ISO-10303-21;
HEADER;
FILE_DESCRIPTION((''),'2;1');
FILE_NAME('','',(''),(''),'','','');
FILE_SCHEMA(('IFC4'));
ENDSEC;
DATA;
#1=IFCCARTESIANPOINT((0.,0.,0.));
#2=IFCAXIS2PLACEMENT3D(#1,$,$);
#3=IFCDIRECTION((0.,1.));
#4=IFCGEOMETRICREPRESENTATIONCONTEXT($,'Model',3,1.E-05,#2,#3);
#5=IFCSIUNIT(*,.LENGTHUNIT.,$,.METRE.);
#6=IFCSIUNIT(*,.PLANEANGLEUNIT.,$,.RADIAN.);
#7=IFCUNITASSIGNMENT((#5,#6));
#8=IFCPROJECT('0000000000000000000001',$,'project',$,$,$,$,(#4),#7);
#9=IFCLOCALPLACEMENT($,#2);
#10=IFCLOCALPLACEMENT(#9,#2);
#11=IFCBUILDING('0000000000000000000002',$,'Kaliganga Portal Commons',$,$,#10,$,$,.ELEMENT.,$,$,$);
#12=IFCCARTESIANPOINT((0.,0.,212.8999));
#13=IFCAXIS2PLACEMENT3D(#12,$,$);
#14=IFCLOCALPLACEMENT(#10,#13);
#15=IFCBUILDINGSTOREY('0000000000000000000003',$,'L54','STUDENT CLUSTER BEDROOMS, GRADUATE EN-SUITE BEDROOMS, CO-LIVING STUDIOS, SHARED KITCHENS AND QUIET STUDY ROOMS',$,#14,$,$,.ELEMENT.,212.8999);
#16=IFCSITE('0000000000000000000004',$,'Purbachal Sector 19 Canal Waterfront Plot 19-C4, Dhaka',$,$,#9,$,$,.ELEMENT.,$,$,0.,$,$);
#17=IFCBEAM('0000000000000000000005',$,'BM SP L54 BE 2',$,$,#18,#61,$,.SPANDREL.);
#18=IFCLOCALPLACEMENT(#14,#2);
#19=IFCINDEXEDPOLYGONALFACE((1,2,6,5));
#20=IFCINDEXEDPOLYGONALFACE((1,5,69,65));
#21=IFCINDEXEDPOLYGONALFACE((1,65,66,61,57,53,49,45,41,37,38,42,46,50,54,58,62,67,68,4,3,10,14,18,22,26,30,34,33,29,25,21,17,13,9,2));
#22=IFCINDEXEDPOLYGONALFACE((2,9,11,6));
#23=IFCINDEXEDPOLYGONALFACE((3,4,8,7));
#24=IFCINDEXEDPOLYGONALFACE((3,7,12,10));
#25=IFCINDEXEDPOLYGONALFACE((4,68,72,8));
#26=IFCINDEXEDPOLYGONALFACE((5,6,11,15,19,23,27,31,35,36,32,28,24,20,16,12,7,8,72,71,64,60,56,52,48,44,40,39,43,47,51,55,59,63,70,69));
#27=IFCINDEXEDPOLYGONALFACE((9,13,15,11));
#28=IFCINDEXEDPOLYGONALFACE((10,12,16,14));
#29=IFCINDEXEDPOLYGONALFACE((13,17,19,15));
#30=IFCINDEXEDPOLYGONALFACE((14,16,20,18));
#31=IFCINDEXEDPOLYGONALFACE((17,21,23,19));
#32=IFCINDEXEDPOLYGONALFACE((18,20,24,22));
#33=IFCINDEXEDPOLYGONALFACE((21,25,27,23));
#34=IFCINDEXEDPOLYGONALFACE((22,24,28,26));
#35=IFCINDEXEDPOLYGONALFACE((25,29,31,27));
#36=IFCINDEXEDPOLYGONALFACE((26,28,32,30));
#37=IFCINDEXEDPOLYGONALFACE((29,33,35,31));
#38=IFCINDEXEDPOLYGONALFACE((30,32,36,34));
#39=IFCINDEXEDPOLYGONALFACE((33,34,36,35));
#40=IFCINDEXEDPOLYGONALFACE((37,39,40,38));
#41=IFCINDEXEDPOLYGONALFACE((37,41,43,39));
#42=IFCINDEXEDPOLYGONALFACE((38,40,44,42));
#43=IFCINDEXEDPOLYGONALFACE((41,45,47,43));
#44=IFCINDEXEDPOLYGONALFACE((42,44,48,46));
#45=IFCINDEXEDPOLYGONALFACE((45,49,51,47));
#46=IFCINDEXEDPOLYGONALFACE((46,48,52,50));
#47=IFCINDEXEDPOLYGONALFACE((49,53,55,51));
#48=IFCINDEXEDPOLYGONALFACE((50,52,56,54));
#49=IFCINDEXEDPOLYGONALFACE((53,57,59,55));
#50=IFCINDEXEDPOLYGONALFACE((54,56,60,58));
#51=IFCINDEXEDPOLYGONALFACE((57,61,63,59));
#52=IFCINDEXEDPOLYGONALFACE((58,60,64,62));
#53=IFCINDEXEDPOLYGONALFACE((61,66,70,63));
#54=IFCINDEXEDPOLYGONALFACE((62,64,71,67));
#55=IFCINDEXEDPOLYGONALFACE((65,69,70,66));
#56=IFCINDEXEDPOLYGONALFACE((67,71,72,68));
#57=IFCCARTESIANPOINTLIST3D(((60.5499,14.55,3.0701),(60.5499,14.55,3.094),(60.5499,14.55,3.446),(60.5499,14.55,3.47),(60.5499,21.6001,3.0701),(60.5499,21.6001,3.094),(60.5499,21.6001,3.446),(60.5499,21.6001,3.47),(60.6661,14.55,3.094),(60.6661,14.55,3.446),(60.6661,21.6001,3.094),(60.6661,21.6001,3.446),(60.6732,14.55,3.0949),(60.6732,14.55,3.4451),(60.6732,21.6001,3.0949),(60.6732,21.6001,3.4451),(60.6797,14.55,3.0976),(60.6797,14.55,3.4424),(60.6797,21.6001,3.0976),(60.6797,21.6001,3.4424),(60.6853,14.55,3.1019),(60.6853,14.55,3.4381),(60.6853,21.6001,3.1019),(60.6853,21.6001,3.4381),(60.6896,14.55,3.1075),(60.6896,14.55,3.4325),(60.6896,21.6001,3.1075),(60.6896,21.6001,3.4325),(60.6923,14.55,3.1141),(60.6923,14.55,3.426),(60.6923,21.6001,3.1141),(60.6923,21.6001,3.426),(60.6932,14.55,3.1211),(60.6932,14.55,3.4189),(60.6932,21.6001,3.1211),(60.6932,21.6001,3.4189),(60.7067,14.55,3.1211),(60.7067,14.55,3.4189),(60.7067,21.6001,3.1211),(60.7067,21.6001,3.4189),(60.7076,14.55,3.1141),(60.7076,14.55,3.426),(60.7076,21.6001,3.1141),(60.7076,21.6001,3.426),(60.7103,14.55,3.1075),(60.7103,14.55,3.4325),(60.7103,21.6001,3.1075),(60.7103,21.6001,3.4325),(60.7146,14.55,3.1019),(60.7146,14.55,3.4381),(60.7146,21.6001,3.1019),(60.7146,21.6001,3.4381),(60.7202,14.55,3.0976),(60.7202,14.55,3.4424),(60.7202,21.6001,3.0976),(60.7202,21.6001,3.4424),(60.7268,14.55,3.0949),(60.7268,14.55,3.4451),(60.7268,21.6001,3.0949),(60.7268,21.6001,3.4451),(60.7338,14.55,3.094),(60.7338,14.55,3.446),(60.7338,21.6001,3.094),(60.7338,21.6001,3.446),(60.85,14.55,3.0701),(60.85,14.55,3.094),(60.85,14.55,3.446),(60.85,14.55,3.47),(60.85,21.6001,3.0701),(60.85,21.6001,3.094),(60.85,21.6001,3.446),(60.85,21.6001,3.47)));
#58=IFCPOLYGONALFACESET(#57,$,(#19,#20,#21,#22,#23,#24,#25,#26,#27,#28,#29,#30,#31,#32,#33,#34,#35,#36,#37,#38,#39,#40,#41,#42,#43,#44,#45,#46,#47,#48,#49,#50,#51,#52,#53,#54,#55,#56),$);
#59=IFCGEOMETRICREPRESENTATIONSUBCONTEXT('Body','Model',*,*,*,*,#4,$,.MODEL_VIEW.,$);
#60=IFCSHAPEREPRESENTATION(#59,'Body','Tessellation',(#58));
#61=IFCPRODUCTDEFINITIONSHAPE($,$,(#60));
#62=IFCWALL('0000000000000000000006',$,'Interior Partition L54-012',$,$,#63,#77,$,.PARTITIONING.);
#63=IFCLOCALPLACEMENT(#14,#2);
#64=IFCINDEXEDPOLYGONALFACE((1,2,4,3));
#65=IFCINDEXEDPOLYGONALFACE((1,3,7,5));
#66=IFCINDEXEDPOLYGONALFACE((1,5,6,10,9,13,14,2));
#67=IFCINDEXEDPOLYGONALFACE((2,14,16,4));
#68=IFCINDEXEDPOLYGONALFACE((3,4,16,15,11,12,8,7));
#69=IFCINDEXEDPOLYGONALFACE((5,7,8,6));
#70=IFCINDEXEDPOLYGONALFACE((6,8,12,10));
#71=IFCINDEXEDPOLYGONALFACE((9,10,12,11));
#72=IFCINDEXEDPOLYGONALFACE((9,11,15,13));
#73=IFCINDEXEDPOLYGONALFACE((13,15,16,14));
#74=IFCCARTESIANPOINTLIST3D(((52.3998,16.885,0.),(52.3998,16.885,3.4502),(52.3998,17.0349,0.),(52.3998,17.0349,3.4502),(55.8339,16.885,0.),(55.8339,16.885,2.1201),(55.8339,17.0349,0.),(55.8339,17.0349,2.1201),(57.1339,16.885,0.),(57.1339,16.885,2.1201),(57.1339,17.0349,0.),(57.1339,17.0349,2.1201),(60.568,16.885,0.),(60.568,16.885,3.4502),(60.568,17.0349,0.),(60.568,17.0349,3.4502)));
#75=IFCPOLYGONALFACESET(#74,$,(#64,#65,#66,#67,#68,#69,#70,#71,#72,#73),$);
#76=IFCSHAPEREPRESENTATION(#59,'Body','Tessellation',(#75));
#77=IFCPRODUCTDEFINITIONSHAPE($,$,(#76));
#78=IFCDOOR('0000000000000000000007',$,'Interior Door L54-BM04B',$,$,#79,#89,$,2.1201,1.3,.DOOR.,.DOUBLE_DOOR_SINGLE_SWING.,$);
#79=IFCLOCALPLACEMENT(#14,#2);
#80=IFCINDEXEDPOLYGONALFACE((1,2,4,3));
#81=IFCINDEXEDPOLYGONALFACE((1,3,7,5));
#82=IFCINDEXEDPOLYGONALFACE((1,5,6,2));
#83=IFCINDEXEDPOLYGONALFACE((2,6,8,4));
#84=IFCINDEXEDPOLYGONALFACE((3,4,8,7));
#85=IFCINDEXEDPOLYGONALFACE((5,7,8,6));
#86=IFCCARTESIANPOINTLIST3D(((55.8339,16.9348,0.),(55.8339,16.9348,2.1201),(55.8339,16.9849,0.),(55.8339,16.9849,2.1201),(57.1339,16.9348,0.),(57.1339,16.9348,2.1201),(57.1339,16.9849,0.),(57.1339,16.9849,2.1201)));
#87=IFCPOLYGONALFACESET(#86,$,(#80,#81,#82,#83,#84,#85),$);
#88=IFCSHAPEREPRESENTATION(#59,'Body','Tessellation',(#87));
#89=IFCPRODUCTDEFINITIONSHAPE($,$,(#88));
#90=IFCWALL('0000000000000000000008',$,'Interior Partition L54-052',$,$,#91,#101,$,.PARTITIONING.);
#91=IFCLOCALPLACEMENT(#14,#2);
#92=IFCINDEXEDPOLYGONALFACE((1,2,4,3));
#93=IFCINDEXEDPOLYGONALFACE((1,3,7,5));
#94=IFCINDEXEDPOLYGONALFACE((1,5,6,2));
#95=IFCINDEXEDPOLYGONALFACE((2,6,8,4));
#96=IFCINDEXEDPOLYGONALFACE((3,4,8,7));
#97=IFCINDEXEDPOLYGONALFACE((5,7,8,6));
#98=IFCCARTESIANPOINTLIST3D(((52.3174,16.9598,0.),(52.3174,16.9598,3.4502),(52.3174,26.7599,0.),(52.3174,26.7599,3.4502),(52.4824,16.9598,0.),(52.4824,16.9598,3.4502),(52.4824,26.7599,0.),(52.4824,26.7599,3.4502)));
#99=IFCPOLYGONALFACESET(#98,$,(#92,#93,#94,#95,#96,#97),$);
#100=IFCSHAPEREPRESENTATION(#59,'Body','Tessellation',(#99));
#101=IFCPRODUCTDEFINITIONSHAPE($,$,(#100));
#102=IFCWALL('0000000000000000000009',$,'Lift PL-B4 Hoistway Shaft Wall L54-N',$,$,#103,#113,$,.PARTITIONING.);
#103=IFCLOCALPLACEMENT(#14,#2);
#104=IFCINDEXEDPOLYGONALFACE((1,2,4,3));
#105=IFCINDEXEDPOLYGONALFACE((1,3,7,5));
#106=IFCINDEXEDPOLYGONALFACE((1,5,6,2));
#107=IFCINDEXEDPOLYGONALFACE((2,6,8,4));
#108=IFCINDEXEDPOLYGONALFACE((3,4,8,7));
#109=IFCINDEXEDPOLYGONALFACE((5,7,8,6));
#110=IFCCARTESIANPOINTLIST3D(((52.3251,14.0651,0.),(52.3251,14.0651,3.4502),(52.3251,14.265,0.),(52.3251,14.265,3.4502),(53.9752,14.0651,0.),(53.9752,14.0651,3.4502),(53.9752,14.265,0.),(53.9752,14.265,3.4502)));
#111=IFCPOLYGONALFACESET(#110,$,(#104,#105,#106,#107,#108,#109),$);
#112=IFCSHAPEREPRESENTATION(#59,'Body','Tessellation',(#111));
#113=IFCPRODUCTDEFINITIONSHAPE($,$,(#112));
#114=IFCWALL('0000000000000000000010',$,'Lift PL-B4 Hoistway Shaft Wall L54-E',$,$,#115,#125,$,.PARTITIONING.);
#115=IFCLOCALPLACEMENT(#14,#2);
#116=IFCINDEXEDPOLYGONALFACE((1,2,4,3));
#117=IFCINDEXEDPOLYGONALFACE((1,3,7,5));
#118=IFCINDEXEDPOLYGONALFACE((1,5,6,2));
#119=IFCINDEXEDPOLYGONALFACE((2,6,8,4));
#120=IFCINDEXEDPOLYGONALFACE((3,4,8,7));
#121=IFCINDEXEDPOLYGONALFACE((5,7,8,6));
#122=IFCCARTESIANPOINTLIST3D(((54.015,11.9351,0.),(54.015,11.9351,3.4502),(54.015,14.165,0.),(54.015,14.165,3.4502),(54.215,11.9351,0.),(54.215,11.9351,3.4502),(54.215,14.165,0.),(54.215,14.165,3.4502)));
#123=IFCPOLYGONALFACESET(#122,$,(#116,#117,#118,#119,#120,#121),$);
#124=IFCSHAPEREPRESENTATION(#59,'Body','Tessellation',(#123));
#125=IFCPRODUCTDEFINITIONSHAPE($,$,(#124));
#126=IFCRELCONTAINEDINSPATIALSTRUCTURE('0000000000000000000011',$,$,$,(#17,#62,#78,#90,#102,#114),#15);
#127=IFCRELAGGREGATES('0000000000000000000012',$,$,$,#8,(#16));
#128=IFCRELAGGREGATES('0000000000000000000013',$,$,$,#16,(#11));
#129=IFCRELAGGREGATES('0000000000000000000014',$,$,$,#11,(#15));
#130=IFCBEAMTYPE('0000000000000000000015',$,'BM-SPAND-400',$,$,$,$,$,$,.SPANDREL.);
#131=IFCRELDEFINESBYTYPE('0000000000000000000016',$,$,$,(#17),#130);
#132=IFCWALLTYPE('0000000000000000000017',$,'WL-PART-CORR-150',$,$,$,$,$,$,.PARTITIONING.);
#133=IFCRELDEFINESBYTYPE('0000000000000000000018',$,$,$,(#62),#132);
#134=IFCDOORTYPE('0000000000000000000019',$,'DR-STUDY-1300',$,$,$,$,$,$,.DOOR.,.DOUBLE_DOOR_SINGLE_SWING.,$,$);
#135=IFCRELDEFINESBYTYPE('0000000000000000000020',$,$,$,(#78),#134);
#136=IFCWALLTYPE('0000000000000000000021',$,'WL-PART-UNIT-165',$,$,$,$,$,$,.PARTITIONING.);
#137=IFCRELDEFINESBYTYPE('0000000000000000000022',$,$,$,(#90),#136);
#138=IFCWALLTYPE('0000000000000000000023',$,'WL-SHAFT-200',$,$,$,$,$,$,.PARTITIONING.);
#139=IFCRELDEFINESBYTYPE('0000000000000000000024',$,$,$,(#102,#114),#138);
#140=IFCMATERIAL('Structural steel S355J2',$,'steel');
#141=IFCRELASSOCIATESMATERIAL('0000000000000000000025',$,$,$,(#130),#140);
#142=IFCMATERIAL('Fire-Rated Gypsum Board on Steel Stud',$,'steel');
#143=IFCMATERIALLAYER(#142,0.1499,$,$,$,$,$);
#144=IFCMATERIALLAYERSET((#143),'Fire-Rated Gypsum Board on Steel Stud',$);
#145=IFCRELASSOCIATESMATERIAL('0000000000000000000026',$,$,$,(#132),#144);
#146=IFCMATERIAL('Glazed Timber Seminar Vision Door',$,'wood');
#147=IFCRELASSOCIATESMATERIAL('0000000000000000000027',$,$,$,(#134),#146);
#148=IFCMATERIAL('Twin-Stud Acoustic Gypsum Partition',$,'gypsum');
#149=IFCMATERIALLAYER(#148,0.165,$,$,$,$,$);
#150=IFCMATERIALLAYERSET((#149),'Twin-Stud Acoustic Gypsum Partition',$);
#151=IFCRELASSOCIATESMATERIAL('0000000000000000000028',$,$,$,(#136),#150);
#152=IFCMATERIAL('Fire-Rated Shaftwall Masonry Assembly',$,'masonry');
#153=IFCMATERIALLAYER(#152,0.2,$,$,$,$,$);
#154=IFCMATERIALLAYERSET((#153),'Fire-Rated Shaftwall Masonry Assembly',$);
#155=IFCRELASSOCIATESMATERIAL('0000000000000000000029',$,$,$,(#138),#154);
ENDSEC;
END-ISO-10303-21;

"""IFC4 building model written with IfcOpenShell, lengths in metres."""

from ifc_helpers import new_model, si_unit, direction, frame, frame_2d, origin, origin_2d, place, context, subcontext, project, spatial, rectangle, i_section, extrude, source, transform, mapped, material, layer, layer_set, material_profile, profile_set, type_object, element, fill, save


model = new_model("IFC4")

# Units and contexts
model_context = context("Model", 3, precision=1e-05, world=origin(), true_north=direction((0.0, 1.0)))
body_context = subcontext(model_context, "Body", "Model", "MODEL_VIEW")
ifc_project = project(units=[si_unit("LENGTHUNIT", "METRE"), si_unit("PLANEANGLEUNIT", "RADIAN")], contexts=[model_context])

# Site, building, storey
site_placement = place(None, origin())
site = spatial("IfcSite", under=ifc_project, at=site_placement, Name="Purbachal Sector 19 Canal Waterfront Plot 19-C4, Dhaka", CompositionType="ELEMENT", RefElevation=0.0)
building_placement = place(site_placement, origin())
building = spatial("IfcBuilding", under=site, at=building_placement, Name="Kaliganga Portal Commons", CompositionType="ELEMENT")
storey_placement = place(building_placement, frame((0.0, 0.0, 212.8999)))
storey = spatial("IfcBuildingStorey", under=building, at=storey_placement, Name="L54", Description="STUDENT CLUSTER BEDROOMS, GRADUATE EN-SUITE BEDROOMS, CO-LIVING STUDIOS, SHARED KITCHENS AND QUIET STUDY ROOMS", CompositionType="ELEMENT", Elevation=212.8999)

# Shared definitions
ifc_material_1 = material(Name="Structural steel S355J2", Category="steel")

# Beam
ifc_material_profile_1 = material_profile(ifc_material_1, i_section(OverallWidth=0.3, OverallDepth=0.3999, WebThickness=0.0134, FlangeThickness=0.0239, FilletRadius=0.0271, at=origin_2d()), Name="HE 400 B")
ifc_profile_set_1 = profile_set([ifc_material_profile_1], Name="Structural steel S355J2 wide-flange")
beam_type_1 = type_object("IfcBeamType", Name="BM-SPAND-400", PredefinedType="SPANDREL", material=ifc_profile_set_1)
shared_shape_1 = source(origin(), body_context, "Body", "SweptSolid", [
    extrude(i_section(OverallWidth=0.3, OverallDepth=0.3999, WebThickness=0.0134, FlangeThickness=0.0239, FilletRadius=0.0271, at=origin_2d()), origin(), (0.0, 0.0, 1.0), 7.05),
])
beam_1_placement = place(storey_placement, frame((60.7, 14.55, 3.27), z_axis=(0.0, 1.0, 0.0), x_axis=(-1.0, 0.0, 0.0)))
element("IfcBeam", 1, at=beam_1_placement, inside=storey, type_object=beam_type_1, Name="BM SP L54 BE 2", PredefinedType="SPANDREL", context=body_context, shape_type="MappedRepresentation", body=[
    mapped(shared_shape_1, transform((0.0, 0.0, 0.0), x_axis=(1.0, 0.0, 0.0), y_axis=(0.0, 1.0, 0.0), z_axis=(0.0, 0.0, 1.0), scale=1.0)),
])

# Wall, opening, door
ifc_material_2 = material(Name="Fire-Rated Gypsum Board on Steel Stud", Category="steel")
ifc_layer_1 = layer(ifc_material_2, 0.1499)
ifc_layer_set_1 = layer_set([ifc_layer_1], Name="Fire-Rated Gypsum Board on Steel Stud")
wall_type_1 = type_object("IfcWallType", Name="WL-PART-CORR-150", PredefinedType="PARTITIONING", material=ifc_layer_set_1)
wall_1_placement = place(storey_placement, frame((52.3999, 16.96, 0.0), z_axis=(0.0, 0.0, 1.0), x_axis=(1.0, 0.0, 0.0)))
wall_1 = element("IfcWall", 2, at=wall_1_placement, inside=storey, type_object=wall_type_1, Name="Interior Partition L54-012", PredefinedType="PARTITIONING", context=body_context, shape_type="SweptSolid", body=[
    extrude(rectangle(XDim=8.1682, YDim=0.1499, at=frame_2d((4.084, 0.0))), origin(), (0.0, 0.0, 1.0), 3.4502),
])
opening_1_placement = place(wall_1_placement, frame((3.4341, 0.0, 0.0)))
opening_1 = element("IfcOpeningElement", 3, at=opening_1_placement, cuts=wall_1, PredefinedType="OPENING", context=body_context, shape_type="SweptSolid", body=[
    extrude(rectangle(XDim=1.3, YDim=2.1201, at=frame_2d((0.6499, 1.0601))), frame((0.0, 0.085, 0.0), z_axis=(0.0, -1.0, 0.0), x_axis=(1.0, 0.0, 0.0)), (0.0, 0.0, 1.0), 0.1699),
])
ifc_material_3 = material(Name="Glazed Timber Seminar Vision Door", Category="wood")
door_type_1 = type_object("IfcDoorType", Name="DR-STUDY-1300", OperationType="DOUBLE_DOOR_SINGLE_SWING", PredefinedType="DOOR", material=ifc_material_3)
door_1_placement = place(opening_1_placement, origin())
door_1 = element("IfcDoor", 4, at=door_1_placement, inside=storey, type_object=door_type_1, Name="Interior Door L54-BM04B", OperationType="DOUBLE_DOOR_SINGLE_SWING", OverallHeight=2.1201, OverallWidth=1.3, PredefinedType="DOOR", context=body_context, shape_type="SweptSolid", body=[
    extrude(rectangle(XDim=1.3, YDim=2.1201, at=frame_2d((0.6499, 1.0601))), frame((0.0, 0.0249, 0.0), z_axis=(0.0, -1.0, 0.0), x_axis=(1.0, 0.0, 0.0)), (0.0, 0.0, 1.0), 0.05),
])
fill(opening_1, door_1)

# Walls
ifc_material_4 = material(Name="Twin-Stud Acoustic Gypsum Partition", Category="gypsum")
ifc_layer_2 = layer(ifc_material_4, 0.165)
ifc_layer_set_2 = layer_set([ifc_layer_2], Name="Twin-Stud Acoustic Gypsum Partition")
wall_type_2 = type_object("IfcWallType", Name="WL-PART-UNIT-165", PredefinedType="PARTITIONING", material=ifc_layer_set_2)
wall_2_placement = place(storey_placement, frame((52.3999, 16.96, 0.0), z_axis=(0.0, 0.0, 1.0), x_axis=(0.0, 1.0, 0.0)))
element("IfcWall", 5, at=wall_2_placement, inside=storey, type_object=wall_type_2, Name="Interior Partition L54-052", PredefinedType="PARTITIONING", context=body_context, shape_type="SweptSolid", body=[
    extrude(rectangle(XDim=9.8, YDim=0.165, at=frame_2d((4.8999, 0.0))), origin(), (0.0, 0.0, 1.0), 3.4502),
])
ifc_material_5 = material(Name="Fire-Rated Shaftwall Masonry Assembly", Category="masonry")
ifc_layer_3 = layer(ifc_material_5, 0.2)
ifc_layer_set_3 = layer_set([ifc_layer_3], Name="Fire-Rated Shaftwall Masonry Assembly")
wall_type_3 = type_object("IfcWallType", Name="WL-SHAFT-200", PredefinedType="PARTITIONING", material=ifc_layer_set_3)
wall_3_placement = place(storey_placement, frame((52.325, 14.165, 0.0), z_axis=(0.0, 0.0, 1.0), x_axis=(1.0, 0.0, 0.0)))
element("IfcWall", 6, at=wall_3_placement, inside=storey, type_object=wall_type_3, Name="Lift PL-B4 Hoistway Shaft Wall L54-N", PredefinedType="PARTITIONING", context=body_context, shape_type="SweptSolid", body=[
    extrude(rectangle(XDim=1.6501, YDim=0.2, at=frame_2d((0.8252, 0.0))), origin(), (0.0, 0.0, 1.0), 3.4502),
])
wall_4_placement = place(storey_placement, frame((54.115, 11.9351, 0.0), z_axis=(0.0, 0.0, 1.0), x_axis=(0.0, 1.0, 0.0)))
element("IfcWall", 7, at=wall_4_placement, inside=storey, type_object=wall_type_3, Name="Lift PL-B4 Hoistway Shaft Wall L54-E", PredefinedType="PARTITIONING", context=body_context, shape_type="SweptSolid", body=[
    extrude(rectangle(XDim=2.23, YDim=0.2, at=frame_2d((1.115, 0.0))), origin(), (0.0, 0.0, 1.0), 3.4502),
])

save(model, "model.ifc")
